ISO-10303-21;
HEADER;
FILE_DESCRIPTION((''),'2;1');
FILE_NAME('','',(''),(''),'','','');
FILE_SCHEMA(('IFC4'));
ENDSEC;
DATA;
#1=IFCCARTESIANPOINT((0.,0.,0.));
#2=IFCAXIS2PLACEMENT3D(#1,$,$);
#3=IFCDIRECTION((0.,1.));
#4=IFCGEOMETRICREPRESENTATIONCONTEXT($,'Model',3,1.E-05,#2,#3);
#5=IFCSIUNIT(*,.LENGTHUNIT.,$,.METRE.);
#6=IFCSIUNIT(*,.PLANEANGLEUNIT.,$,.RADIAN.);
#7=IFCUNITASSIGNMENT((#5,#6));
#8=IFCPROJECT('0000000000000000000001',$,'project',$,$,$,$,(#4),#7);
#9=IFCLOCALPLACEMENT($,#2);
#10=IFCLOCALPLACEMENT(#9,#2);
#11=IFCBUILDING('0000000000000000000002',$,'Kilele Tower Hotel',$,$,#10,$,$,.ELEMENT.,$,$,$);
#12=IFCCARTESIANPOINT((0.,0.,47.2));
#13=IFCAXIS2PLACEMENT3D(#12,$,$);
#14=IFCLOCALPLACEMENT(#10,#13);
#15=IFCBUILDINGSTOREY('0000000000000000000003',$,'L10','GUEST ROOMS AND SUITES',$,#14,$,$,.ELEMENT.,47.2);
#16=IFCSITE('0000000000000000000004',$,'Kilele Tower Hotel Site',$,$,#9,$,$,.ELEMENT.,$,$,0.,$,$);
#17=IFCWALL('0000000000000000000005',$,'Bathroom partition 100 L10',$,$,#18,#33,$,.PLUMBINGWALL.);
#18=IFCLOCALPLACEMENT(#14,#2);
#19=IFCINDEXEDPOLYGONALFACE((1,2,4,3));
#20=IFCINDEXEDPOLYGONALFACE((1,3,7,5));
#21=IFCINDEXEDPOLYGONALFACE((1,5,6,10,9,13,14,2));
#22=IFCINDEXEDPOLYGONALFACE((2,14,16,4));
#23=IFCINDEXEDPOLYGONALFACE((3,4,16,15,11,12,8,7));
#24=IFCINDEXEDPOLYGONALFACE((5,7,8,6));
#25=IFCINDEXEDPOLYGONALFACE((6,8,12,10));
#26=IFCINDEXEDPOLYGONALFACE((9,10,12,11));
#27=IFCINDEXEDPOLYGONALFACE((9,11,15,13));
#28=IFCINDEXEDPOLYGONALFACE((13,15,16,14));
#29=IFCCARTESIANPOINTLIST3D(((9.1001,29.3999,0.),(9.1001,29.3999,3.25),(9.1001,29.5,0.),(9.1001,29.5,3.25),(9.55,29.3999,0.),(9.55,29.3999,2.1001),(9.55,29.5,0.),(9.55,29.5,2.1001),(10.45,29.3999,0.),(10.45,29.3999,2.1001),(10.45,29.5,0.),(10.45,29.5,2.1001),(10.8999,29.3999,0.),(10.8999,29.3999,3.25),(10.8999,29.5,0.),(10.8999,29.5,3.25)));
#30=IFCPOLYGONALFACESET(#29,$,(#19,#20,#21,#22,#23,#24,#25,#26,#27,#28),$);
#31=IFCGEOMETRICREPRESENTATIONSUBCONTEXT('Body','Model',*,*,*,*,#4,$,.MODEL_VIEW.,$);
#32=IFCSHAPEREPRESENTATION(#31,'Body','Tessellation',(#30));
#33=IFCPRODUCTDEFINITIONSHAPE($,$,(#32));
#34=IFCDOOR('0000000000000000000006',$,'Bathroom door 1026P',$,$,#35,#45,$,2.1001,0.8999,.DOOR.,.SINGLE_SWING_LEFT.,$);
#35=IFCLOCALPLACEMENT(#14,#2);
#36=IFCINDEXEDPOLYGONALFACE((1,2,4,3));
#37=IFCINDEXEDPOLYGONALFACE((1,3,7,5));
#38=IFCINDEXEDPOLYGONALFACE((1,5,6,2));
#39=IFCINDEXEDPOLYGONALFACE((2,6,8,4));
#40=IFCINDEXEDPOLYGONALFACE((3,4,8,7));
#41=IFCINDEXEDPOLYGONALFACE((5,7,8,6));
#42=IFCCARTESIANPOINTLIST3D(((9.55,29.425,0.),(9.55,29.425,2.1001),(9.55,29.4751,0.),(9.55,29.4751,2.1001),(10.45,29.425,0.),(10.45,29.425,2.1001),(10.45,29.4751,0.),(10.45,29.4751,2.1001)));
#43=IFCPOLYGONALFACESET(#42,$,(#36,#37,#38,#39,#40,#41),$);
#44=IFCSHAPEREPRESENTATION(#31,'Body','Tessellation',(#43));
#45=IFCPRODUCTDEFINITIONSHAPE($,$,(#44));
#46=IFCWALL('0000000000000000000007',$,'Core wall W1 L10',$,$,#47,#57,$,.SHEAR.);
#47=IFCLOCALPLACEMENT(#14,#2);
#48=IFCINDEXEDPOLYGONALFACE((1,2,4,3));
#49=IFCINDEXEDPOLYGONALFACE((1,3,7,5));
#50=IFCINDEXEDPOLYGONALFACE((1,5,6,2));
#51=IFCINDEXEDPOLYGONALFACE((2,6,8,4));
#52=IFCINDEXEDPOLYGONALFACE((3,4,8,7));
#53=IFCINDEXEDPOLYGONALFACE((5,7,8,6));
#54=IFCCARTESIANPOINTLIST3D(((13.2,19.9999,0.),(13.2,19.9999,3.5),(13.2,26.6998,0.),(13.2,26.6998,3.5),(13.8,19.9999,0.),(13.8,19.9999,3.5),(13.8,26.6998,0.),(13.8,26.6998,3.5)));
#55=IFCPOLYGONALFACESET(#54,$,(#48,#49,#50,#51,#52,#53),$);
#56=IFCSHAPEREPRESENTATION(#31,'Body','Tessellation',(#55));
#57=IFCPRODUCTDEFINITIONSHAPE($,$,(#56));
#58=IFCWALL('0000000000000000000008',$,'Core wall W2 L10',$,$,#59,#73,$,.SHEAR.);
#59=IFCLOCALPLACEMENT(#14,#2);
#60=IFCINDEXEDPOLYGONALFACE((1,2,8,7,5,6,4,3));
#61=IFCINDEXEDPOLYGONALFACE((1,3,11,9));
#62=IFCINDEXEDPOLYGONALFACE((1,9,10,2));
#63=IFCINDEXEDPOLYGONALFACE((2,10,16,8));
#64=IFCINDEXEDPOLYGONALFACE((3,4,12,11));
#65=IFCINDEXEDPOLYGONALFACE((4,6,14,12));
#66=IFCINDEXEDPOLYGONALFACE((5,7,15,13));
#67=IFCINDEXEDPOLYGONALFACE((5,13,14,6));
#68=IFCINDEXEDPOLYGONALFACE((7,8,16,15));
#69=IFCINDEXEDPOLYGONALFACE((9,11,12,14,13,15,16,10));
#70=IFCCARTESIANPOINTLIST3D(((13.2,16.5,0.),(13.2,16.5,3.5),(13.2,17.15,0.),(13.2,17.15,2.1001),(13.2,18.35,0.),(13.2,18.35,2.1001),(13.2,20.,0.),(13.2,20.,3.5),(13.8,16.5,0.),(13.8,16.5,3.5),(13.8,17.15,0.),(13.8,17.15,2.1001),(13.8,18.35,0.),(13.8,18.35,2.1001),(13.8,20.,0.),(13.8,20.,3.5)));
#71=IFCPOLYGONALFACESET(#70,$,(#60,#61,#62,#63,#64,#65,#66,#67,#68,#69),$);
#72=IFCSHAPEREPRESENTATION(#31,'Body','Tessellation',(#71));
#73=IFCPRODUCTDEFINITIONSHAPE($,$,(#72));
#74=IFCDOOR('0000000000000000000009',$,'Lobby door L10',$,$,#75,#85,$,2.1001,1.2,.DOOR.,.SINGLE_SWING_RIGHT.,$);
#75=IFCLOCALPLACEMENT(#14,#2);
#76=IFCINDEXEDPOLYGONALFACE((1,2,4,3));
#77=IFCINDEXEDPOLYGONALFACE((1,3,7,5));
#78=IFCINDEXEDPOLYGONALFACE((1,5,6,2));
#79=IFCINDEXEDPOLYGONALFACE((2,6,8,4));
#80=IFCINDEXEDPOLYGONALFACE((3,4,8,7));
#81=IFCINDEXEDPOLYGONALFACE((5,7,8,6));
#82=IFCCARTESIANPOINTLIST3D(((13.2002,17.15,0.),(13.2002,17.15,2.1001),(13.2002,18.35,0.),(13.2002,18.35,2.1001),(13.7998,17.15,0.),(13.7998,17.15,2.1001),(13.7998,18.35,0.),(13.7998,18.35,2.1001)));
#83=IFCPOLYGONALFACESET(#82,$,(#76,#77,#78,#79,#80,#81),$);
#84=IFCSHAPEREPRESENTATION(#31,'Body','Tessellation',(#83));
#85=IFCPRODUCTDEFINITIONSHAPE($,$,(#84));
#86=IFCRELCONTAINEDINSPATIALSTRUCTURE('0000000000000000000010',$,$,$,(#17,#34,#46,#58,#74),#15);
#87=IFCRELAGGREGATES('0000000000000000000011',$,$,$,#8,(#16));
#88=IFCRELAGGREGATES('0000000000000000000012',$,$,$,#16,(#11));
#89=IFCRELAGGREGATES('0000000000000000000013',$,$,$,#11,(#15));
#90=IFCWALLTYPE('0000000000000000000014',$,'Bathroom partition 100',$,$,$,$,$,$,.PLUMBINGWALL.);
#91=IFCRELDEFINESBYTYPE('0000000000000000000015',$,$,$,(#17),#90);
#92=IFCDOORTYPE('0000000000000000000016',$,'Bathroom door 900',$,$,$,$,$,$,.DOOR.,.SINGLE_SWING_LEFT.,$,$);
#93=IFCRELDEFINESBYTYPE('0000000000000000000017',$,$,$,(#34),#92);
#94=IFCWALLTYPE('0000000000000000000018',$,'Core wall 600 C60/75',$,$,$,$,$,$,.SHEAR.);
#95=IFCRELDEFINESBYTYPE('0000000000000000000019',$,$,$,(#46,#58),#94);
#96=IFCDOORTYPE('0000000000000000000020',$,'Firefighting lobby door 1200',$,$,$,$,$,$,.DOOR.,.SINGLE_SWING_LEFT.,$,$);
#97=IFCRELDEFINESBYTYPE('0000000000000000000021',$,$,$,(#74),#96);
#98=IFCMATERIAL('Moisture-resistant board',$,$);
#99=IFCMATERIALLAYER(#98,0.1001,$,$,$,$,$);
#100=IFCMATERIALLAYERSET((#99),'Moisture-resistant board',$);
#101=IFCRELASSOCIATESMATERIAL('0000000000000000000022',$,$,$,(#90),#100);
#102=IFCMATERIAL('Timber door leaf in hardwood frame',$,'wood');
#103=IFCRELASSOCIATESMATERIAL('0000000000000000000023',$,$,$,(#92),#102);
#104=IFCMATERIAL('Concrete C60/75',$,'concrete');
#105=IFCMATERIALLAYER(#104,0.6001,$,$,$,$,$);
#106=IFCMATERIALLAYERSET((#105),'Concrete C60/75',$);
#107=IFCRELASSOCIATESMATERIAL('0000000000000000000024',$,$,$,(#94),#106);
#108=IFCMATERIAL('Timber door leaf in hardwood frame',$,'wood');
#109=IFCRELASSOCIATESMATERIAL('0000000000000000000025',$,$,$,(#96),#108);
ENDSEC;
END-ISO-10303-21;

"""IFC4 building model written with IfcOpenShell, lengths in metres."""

from ifc_helpers import new_model, si_unit, direction, frame, frame_2d, origin, place, context, subcontext, project, spatial, rectangle, extrude, material, layer, layer_set, type_object, element, fill, save


model = new_model("IFC4")

# Units and contexts
model_context = context("Model", 3, precision=1e-05, world=origin(), true_north=direction((0.0, 1.0)))
body_context = subcontext(model_context, "Body", "Model", "MODEL_VIEW")
ifc_project = project(units=[si_unit("LENGTHUNIT", "METRE"), si_unit("PLANEANGLEUNIT", "RADIAN")], contexts=[model_context])

# Site, building, storey
site_placement = place(None, origin())
site = spatial("IfcSite", under=ifc_project, at=site_placement, Name="Kilele Tower Hotel Site", CompositionType="ELEMENT", RefElevation=0.0)
building_placement = place(site_placement, origin())
building = spatial("IfcBuilding", under=site, at=building_placement, Name="Kilele Tower Hotel", CompositionType="ELEMENT")
storey_placement = place(building_placement, frame((0.0, 0.0, 47.2)))
storey = spatial("IfcBuildingStorey", under=building, at=storey_placement, Name="L10", Description="GUEST ROOMS AND SUITES", CompositionType="ELEMENT", Elevation=47.2)

# Shared definitions
ifc_material_1 = material(Name="Moisture-resistant board")
ifc_layer_1 = layer(ifc_material_1, 0.1001)
ifc_layer_set_1 = layer_set([ifc_layer_1], Name="Moisture-resistant board")
wall_type_1 = type_object("IfcWallType", Name="Bathroom partition 100", PredefinedType="PLUMBINGWALL", material=ifc_layer_set_1)
ifc_material_2 = material(Name="Timber door leaf in hardwood frame", Category="wood")
door_type_1 = type_object("IfcDoorType", Name="Bathroom door 900", OperationType="SINGLE_SWING_LEFT", PredefinedType="DOOR", material=ifc_material_2)

# Wall, opening, door
wall_1_placement = place(storey_placement, frame((10.8999, 29.45, 0.0), z_axis=(0.0, 0.0, 1.0), x_axis=(-1.0, 0.0, 0.0)))
wall_1 = element("IfcWall", 1, at=wall_1_placement, inside=storey, type_object=wall_type_1, Name="Bathroom partition 100 L10", PredefinedType="PLUMBINGWALL", context=body_context, shape_type="SweptSolid", body=[
    extrude(rectangle(XDim=1.7998, YDim=0.1001, at=frame_2d((0.8999, 0.0))), origin(), (0.0, 0.0, 1.0), 3.25),
])
opening_1_placement = place(wall_1_placement, frame((0.45, 0.0, 0.0)))
opening_1 = element("IfcOpeningElement", 2, at=opening_1_placement, cuts=wall_1, PredefinedType="OPENING", context=body_context, shape_type="SweptSolid", body=[
    extrude(rectangle(XDim=0.8999, YDim=2.1001, at=frame_2d((0.45, 1.05))), frame((0.0, 0.0601, 0.0), z_axis=(0.0, -1.0, 0.0), x_axis=(1.0, 0.0, 0.0)), (0.0, 0.0, 1.0), 0.1201),
])
door_1_placement = place(opening_1_placement, origin())
door_1 = element("IfcDoor", 3, at=door_1_placement, inside=storey, type_object=door_type_1, Name="Bathroom door 1026P", OperationType="SINGLE_SWING_LEFT", OverallHeight=2.1001, OverallWidth=0.8999, PredefinedType="DOOR", context=body_context, shape_type="SweptSolid", body=[
    extrude(rectangle(XDim=0.8999, YDim=2.1001, at=frame_2d((0.45, 1.05))), frame((0.0, 0.0249, 0.0), z_axis=(0.0, -1.0, 0.0), x_axis=(1.0, 0.0, 0.0)), (0.0, 0.0, 1.0), 0.05),
])
fill(opening_1, door_1)

# Wall
ifc_material_3 = material(Name="Concrete C60/75", Category="concrete")
ifc_layer_2 = layer(ifc_material_3, 0.6001)
ifc_layer_set_2 = layer_set([ifc_layer_2], Name="Concrete C60/75")
wall_type_2 = type_object("IfcWallType", Name="Core wall 600 C60/75", PredefinedType="SHEAR", material=ifc_layer_set_2)
wall_2_placement = place(storey_placement, frame((13.5, 26.7, 0.0), z_axis=(0.0, 0.0, 1.0), x_axis=(0.0, -1.0, 0.0)))
element("IfcWall", 4, at=wall_2_placement, inside=storey, type_object=wall_type_2, Name="Core wall W1 L10", PredefinedType="SHEAR", context=body_context, shape_type="SweptSolid", body=[
    extrude(rectangle(XDim=6.7, YDim=0.6001, at=frame_2d((3.3501, 0.0))), origin(), (0.0, 0.0, 1.0), 3.5),
])

# Wall, opening, door
wall_3_placement = place(storey_placement, frame((13.5, 20.0, 0.0), z_axis=(0.0, 0.0, 1.0), x_axis=(0.0, -1.0, 0.0)))
wall_3 = element("IfcWall", 5, at=wall_3_placement, inside=storey, type_object=wall_type_2, Name="Core wall W2 L10", PredefinedType="SHEAR", context=body_context, shape_type="SweptSolid", body=[
    extrude(rectangle(XDim=3.5, YDim=0.6001, at=frame_2d((1.75, 0.0))), origin(), (0.0, 0.0, 1.0), 3.5),
])
opening_2_placement = place(wall_3_placement, frame((1.6499, 0.0, 0.0)))
opening_2 = element("IfcOpeningElement", 6, at=opening_2_placement, cuts=wall_3, PredefinedType="OPENING", context=body_context, shape_type="SweptSolid", body=[
    extrude(rectangle(XDim=1.2, YDim=2.1001, at=frame_2d((0.6001, 1.05))), frame((0.0, 0.3101, 0.0), z_axis=(0.0, -1.0, 0.0), x_axis=(1.0, 0.0, 0.0)), (0.0, 0.0, 1.0), 0.6201),
])
ifc_material_4 = material(Name="Timber door leaf in hardwood frame", Category="wood")
door_type_2 = type_object("IfcDoorType", Name="Firefighting lobby door 1200", OperationType="SINGLE_SWING_LEFT", PredefinedType="DOOR", material=ifc_material_4)
door_2_placement = place(opening_2_placement, origin())
door_2 = element("IfcDoor", 7, at=door_2_placement, inside=storey, type_object=door_type_2, Name="Lobby door L10", OperationType="SINGLE_SWING_RIGHT", OverallHeight=2.1001, OverallWidth=1.2, PredefinedType="DOOR", context=body_context, shape_type="SweptSolid", body=[
    extrude(rectangle(XDim=1.2, YDim=2.1001, at=frame_2d((0.6001, 1.05))), frame((0.0, 0.2998, 0.0), z_axis=(0.0, -1.0, 0.0), x_axis=(1.0, 0.0, 0.0)), (0.0, 0.0, 1.0), 0.5996),
])
fill(opening_2, door_2)

save(model, "model.ifc")
